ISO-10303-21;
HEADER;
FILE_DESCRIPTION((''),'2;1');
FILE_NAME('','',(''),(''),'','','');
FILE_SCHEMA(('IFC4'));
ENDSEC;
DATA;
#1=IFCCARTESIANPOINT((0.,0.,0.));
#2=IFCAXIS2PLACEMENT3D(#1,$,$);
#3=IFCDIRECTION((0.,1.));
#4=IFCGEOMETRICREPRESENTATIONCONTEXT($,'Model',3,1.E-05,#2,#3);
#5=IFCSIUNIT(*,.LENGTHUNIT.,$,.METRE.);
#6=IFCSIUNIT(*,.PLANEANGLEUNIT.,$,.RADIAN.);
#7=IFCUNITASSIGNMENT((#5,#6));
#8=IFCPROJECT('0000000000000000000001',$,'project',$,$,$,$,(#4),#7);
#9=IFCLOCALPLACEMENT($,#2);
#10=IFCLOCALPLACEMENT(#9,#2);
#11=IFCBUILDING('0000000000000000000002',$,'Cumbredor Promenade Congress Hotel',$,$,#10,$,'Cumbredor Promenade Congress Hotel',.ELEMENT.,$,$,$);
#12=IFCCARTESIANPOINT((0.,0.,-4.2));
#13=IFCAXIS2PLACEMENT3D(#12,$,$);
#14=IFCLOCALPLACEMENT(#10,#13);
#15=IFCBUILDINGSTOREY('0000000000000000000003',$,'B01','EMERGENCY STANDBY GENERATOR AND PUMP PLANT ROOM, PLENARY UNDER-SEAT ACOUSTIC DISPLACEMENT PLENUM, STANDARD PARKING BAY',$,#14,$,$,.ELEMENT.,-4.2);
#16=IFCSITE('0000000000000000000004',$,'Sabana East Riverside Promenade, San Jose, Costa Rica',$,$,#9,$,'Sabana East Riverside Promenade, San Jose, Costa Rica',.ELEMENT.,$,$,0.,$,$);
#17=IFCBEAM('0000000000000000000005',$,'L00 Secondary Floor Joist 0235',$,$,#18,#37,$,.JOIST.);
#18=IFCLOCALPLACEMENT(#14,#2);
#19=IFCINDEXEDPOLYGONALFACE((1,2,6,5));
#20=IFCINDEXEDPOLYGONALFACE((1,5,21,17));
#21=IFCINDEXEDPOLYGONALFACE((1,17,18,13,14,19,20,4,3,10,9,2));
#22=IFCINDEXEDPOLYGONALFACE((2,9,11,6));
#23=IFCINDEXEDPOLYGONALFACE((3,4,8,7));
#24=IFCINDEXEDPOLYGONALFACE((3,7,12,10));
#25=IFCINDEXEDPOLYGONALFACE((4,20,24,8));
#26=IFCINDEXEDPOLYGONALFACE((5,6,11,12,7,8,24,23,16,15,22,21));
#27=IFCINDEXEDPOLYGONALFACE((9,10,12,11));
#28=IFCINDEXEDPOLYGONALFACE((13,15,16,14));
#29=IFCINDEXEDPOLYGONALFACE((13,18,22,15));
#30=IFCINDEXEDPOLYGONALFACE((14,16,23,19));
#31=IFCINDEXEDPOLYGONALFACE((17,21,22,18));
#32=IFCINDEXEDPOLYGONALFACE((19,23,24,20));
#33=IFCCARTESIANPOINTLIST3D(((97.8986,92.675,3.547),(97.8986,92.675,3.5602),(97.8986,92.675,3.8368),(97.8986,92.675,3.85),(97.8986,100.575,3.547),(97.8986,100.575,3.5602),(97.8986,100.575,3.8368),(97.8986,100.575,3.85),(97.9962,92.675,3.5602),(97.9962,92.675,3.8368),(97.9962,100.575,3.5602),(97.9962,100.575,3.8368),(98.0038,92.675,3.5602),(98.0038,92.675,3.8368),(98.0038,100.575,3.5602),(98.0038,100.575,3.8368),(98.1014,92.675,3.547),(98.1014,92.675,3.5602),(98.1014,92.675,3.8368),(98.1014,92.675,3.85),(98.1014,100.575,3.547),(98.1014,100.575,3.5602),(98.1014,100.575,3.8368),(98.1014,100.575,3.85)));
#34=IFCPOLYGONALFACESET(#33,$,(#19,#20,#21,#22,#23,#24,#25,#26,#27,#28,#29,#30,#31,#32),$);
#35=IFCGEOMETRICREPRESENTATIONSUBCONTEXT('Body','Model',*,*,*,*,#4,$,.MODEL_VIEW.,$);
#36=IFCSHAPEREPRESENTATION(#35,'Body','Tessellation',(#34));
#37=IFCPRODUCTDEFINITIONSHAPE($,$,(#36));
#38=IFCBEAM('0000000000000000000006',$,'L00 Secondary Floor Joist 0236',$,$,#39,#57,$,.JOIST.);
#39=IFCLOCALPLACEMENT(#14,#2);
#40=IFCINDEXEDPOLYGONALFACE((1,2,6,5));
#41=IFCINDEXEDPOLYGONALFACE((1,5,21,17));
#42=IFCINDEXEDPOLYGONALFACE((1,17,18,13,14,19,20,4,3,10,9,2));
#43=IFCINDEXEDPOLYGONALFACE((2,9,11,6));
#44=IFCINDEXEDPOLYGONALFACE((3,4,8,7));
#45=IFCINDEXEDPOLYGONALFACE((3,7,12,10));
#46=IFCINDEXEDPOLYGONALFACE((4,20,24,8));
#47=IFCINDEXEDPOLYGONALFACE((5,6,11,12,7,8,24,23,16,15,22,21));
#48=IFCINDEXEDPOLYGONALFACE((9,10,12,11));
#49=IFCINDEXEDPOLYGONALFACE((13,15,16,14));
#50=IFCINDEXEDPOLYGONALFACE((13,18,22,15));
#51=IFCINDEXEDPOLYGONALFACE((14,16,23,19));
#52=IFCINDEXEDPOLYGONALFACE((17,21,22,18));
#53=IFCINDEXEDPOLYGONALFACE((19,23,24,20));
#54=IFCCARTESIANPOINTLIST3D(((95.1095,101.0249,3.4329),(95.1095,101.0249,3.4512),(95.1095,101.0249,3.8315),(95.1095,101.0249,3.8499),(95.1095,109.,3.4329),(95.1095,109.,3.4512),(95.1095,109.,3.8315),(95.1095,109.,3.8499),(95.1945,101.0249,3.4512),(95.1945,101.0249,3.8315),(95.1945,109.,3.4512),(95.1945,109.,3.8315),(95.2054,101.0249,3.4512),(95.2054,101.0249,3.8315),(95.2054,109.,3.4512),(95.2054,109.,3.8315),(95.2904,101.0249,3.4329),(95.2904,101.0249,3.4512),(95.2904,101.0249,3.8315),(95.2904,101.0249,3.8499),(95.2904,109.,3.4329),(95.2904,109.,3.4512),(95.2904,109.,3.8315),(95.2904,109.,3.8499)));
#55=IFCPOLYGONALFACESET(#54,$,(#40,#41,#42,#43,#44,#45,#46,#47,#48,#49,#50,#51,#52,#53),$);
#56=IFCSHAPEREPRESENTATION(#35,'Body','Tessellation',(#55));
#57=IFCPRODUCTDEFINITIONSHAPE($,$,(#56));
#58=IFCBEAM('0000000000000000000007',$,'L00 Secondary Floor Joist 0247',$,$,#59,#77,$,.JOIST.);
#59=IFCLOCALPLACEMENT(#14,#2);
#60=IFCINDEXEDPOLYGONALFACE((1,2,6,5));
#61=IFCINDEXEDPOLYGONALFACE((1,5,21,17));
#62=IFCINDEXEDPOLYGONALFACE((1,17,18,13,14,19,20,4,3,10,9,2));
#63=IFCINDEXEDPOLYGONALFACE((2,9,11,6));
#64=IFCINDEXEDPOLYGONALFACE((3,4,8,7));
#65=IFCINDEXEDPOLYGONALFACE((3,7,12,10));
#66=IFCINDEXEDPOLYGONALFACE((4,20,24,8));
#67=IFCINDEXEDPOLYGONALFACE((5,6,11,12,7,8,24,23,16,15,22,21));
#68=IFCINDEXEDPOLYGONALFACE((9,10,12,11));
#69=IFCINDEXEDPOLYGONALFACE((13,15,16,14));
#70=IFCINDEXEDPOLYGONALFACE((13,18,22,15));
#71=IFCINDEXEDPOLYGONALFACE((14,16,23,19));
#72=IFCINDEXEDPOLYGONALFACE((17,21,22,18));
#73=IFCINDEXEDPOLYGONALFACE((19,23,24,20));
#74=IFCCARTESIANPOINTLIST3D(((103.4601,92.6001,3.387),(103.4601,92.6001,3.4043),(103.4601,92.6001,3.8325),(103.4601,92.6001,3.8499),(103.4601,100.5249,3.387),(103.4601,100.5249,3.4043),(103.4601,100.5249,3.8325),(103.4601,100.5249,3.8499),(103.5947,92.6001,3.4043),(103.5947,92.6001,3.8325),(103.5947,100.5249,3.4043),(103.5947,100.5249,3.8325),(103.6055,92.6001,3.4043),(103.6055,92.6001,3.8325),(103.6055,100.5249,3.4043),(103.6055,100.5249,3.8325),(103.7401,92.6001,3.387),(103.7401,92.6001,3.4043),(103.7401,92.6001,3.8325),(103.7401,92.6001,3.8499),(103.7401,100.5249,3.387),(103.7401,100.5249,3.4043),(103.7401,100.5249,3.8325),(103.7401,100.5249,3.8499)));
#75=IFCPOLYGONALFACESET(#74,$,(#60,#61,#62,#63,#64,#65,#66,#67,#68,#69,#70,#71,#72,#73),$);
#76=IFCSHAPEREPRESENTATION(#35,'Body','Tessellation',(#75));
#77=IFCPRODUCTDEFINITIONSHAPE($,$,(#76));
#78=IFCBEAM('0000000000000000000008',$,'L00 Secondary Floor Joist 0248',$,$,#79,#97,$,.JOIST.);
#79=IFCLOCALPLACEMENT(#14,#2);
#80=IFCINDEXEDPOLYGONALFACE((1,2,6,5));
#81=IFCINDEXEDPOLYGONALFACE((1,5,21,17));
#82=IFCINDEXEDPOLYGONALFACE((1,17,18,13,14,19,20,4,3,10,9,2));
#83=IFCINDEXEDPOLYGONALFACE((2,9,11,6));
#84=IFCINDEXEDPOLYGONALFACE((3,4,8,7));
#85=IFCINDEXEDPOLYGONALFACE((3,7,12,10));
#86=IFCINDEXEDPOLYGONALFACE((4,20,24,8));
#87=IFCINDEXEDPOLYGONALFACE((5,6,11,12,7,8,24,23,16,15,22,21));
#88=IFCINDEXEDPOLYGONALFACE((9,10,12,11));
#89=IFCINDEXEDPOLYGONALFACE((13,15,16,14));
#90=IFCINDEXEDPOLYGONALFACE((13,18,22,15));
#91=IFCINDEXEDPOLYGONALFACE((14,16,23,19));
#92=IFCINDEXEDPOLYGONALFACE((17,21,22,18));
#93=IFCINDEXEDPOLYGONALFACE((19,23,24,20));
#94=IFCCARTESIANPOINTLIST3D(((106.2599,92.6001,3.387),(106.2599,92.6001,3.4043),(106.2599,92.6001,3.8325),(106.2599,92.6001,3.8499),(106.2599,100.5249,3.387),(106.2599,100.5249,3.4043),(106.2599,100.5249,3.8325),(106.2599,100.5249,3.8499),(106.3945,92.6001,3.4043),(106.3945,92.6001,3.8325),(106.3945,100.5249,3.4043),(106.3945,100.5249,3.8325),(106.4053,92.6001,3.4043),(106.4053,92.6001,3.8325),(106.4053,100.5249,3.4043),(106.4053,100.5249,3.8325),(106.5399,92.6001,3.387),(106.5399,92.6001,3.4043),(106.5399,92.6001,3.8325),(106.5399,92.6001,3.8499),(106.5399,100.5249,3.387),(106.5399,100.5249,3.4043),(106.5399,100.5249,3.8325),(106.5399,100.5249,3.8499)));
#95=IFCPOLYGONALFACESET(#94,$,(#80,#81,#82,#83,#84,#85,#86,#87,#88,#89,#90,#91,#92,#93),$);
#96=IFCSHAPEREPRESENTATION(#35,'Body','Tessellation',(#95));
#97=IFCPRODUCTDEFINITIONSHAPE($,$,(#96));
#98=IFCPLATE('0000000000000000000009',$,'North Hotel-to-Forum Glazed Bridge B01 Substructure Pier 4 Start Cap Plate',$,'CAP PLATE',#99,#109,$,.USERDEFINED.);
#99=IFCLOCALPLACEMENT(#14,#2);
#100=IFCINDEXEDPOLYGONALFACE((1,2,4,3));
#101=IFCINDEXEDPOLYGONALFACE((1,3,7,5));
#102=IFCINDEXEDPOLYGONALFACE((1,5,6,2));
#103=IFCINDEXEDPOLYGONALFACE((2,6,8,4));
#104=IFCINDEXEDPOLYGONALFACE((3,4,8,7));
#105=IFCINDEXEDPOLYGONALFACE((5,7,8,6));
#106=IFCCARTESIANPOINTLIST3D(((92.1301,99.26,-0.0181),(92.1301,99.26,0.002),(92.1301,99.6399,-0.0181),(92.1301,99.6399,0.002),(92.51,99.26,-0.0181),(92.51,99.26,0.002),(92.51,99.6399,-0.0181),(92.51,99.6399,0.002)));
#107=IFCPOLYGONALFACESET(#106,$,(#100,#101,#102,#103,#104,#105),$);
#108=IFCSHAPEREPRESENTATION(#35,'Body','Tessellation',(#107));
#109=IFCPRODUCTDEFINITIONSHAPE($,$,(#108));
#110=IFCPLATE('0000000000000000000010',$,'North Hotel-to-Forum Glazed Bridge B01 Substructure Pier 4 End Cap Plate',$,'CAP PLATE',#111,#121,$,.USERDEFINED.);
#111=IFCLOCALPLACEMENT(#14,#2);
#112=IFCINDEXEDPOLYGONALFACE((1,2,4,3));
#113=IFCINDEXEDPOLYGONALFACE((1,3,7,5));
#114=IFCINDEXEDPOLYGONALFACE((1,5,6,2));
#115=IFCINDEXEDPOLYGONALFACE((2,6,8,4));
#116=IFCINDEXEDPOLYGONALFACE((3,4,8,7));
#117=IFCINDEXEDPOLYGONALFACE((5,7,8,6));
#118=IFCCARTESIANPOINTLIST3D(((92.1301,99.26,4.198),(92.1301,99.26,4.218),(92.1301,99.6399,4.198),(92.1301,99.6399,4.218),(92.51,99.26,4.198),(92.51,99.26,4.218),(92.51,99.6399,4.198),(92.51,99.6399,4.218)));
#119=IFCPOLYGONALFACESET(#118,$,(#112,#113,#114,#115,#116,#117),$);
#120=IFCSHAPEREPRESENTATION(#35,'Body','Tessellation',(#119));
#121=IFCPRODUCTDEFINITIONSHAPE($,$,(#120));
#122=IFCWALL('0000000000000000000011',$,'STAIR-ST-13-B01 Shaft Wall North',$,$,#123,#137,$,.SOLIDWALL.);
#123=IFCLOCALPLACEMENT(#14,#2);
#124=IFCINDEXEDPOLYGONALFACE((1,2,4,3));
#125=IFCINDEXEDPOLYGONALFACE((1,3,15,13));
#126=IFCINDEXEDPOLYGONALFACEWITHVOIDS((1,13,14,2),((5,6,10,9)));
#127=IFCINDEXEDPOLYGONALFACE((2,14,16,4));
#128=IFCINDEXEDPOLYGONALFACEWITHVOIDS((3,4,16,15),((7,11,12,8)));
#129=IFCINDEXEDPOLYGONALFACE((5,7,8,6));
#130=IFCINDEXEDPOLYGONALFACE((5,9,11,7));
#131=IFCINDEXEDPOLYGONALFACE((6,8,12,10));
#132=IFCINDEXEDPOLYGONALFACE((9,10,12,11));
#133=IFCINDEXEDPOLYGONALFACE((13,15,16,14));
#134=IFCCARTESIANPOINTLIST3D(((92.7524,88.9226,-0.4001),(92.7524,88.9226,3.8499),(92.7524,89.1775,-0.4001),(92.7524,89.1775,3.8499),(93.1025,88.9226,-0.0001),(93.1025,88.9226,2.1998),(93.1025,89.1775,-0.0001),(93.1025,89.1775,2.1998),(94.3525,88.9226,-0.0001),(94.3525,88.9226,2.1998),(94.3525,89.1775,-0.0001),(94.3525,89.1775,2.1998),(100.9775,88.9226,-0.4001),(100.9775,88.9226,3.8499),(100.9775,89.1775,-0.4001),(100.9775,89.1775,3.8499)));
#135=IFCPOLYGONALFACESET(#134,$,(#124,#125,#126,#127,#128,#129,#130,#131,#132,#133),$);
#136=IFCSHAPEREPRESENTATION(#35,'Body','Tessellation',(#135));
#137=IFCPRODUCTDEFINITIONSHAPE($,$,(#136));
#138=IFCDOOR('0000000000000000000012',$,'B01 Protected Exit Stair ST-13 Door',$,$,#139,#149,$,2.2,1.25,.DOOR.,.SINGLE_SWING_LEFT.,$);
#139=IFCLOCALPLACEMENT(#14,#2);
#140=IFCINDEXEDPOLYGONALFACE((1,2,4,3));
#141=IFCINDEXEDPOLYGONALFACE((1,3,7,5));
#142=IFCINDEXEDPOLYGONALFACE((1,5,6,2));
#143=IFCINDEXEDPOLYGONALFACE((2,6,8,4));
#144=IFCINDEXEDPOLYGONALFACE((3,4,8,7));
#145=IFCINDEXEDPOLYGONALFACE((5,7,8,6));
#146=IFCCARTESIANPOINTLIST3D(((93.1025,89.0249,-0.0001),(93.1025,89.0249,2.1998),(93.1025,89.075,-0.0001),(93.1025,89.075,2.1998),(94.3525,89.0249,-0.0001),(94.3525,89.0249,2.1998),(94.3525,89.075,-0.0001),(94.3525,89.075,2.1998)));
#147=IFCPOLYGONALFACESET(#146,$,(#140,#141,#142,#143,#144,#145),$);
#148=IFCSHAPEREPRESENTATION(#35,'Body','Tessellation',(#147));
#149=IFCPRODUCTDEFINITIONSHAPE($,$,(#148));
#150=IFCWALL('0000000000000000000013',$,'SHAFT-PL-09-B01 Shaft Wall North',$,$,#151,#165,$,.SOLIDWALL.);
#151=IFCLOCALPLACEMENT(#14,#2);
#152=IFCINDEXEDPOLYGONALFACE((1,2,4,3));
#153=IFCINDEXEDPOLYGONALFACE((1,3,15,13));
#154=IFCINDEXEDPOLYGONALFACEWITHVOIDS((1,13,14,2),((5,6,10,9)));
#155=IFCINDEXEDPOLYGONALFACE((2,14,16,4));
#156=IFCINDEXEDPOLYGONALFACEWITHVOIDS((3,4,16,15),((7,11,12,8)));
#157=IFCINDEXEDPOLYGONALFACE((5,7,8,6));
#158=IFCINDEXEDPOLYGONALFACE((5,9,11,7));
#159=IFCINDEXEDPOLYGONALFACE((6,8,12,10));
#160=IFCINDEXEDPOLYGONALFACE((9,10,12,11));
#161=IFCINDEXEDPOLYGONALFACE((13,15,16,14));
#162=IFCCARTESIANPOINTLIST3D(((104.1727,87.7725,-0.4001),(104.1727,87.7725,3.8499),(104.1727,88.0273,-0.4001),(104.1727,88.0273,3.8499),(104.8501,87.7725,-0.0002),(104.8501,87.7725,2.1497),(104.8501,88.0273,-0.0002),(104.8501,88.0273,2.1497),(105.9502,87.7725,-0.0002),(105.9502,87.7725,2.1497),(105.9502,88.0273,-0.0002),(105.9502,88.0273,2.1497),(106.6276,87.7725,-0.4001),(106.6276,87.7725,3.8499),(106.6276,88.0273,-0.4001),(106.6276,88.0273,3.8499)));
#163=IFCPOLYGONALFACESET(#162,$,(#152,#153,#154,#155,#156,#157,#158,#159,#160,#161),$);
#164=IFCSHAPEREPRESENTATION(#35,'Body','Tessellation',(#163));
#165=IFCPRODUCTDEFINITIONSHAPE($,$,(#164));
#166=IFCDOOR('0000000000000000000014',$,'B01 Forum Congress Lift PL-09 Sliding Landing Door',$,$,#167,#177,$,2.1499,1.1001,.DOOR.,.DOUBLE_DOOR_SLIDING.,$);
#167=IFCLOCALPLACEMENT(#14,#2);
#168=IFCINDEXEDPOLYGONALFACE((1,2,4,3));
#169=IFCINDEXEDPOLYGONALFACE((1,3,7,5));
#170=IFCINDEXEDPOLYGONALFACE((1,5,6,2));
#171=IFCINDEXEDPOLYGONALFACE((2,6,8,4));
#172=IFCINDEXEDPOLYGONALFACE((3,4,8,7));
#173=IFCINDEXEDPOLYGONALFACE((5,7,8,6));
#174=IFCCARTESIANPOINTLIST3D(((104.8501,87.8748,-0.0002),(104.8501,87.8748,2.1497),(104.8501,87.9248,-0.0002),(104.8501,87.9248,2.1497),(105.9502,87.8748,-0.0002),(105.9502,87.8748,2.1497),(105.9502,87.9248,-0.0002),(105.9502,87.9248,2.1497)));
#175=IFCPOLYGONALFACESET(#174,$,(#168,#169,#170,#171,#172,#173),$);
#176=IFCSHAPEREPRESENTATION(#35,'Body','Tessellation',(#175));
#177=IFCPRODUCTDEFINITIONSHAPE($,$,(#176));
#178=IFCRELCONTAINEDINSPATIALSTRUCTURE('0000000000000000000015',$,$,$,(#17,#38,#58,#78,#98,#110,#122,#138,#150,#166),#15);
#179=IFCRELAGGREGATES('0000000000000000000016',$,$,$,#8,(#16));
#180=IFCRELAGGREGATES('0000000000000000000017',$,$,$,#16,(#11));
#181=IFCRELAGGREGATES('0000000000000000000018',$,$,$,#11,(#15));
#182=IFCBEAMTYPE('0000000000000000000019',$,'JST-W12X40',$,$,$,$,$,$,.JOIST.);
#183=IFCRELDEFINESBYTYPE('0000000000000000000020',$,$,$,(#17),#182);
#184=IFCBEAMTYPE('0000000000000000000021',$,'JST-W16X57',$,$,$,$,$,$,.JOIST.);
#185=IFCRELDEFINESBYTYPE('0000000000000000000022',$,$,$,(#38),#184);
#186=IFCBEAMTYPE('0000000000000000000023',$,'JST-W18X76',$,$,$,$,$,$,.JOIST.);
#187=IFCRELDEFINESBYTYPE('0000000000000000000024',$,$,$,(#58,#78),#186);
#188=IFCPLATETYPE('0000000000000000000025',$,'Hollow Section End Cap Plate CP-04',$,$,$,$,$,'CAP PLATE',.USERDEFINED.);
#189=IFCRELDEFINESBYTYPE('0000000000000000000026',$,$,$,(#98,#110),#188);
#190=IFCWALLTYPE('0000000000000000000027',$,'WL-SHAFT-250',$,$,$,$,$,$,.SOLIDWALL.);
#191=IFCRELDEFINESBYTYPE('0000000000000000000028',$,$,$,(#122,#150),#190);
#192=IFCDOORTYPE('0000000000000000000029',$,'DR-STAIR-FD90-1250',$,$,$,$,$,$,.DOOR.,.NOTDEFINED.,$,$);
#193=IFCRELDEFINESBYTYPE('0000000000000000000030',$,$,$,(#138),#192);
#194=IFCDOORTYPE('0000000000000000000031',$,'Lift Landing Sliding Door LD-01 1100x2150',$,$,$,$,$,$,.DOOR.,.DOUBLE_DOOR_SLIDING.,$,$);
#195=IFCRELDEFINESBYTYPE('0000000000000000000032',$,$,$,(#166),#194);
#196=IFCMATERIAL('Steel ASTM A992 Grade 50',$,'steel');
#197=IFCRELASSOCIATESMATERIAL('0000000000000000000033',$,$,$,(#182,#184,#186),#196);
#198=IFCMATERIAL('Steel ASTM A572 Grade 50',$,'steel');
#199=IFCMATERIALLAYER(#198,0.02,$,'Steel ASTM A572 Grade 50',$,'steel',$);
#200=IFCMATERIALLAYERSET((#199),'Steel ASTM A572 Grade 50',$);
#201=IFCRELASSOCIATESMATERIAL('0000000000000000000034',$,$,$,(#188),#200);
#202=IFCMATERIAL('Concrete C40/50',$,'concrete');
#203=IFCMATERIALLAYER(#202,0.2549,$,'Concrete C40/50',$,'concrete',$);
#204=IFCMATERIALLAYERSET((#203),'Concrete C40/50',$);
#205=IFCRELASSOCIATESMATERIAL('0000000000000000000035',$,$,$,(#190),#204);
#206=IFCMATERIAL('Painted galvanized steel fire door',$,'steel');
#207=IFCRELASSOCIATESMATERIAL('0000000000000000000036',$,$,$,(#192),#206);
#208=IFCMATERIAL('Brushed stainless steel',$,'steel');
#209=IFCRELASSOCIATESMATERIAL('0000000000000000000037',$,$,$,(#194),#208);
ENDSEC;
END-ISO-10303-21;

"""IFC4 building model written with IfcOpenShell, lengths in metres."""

from ifc_helpers import new_model, si_unit, direction, frame, frame_2d, origin, origin_2d, place, context, subcontext, project, spatial, rectangle, i_section, extrude, material, layer, layer_set, material_profile, profile_set, type_object, element, fill, save


model = new_model("IFC4")

# Units and contexts
model_context = context("Model", 3, precision=1e-05, world=origin(), true_north=direction((0.0, 1.0)))
body_context = subcontext(model_context, "Body", "Model", "MODEL_VIEW")
ifc_project = project(units=[si_unit("LENGTHUNIT", "METRE"), si_unit("PLANEANGLEUNIT", "RADIAN")], contexts=[model_context])

# Site, building, storey
site_placement = place(None, origin())
site = spatial("IfcSite", under=ifc_project, at=site_placement, Name="Sabana East Riverside Promenade, San Jose, Costa Rica", LongName="Sabana East Riverside Promenade, San Jose, Costa Rica", CompositionType="ELEMENT", RefElevation=0.0)
building_placement = place(site_placement, origin())
building = spatial("IfcBuilding", under=site, at=building_placement, Name="Cumbredor Promenade Congress Hotel", LongName="Cumbredor Promenade Congress Hotel", CompositionType="ELEMENT")
storey_placement = place(building_placement, frame((0.0, 0.0, -4.2)))
storey = spatial("IfcBuildingStorey", under=building, at=storey_placement, Name="B01", Description="EMERGENCY STANDBY GENERATOR AND PUMP PLANT ROOM, PLENARY UNDER-SEAT ACOUSTIC DISPLACEMENT PLENUM, STANDARD PARKING BAY", CompositionType="ELEMENT", Elevation=-4.2)

# Beams
ifc_material_1 = material(Name="Concrete C40/50", Category="concrete")
ifc_material_2 = material(Name="Steel ASTM A992 Grade 50", Category="steel")
ifc_material_profile_1 = material_profile(ifc_material_2, i_section(OverallWidth=0.2029, OverallDepth=0.303, WebThickness=0.0076, FlangeThickness=0.0132, at=origin_2d()), Name="W12X40")
ifc_profile_set_1 = profile_set([ifc_material_profile_1], Name="Steel ASTM A992 Grade 50")
beam_type_1 = type_object("IfcBeamType", Name="JST-W12X40", PredefinedType="JOIST", material=ifc_profile_set_1)
for number, where, z_axis, x_axis, name in (
    (1, (98.0, 92.675, 3.6985), (0.0, 1.0, 0.0), (-1.0, 0.0, 0.0), "L00 Secondary Floor Joist 0235"),
):
    element("IfcBeam", number, at=place(storey_placement, frame(where, z_axis=z_axis, x_axis=x_axis)), inside=storey, type_object=beam_type_1, Name=name, PredefinedType="JOIST", context=body_context, shape_type="SweptSolid", body=[
        extrude(i_section(OverallWidth=0.2029, OverallDepth=0.303, WebThickness=0.0076, FlangeThickness=0.0132, at=origin_2d()), origin(), (0.0, 0.0, 1.0), 7.8999),
    ])
ifc_material_profile_2 = material_profile(ifc_material_2, i_section(OverallWidth=0.1809, OverallDepth=0.417, WebThickness=0.011, FlangeThickness=0.0183, at=origin_2d()), Name="W16X57")
ifc_profile_set_2 = profile_set([ifc_material_profile_2], Name="Steel ASTM A992 Grade 50")
beam_type_2 = type_object("IfcBeamType", Name="JST-W16X57", PredefinedType="JOIST", material=ifc_profile_set_2)
beam_1_placement = place(storey_placement, frame((95.2, 101.0249, 3.6414), z_axis=(0.0, 1.0, 0.0), x_axis=(-1.0, 0.0, 0.0)))
element("IfcBeam", 2, at=beam_1_placement, inside=storey, type_object=beam_type_2, Name="L00 Secondary Floor Joist 0236", PredefinedType="JOIST", context=body_context, shape_type="SweptSolid", body=[
    extrude(i_section(OverallWidth=0.1809, OverallDepth=0.417, WebThickness=0.011, FlangeThickness=0.0183, at=origin_2d()), origin(), (0.0, 0.0, 1.0), 7.9751),
])
ifc_material_profile_3 = material_profile(ifc_material_2, i_section(OverallWidth=0.28, OverallDepth=0.4629, WebThickness=0.0107, FlangeThickness=0.0173, at=origin_2d()), Name="W18X76")
ifc_profile_set_3 = profile_set([ifc_material_profile_3], Name="Steel ASTM A992 Grade 50")
beam_type_3 = type_object("IfcBeamType", Name="JST-W18X76", PredefinedType="JOIST", material=ifc_profile_set_3)
for number, where, z_axis, x_axis, name in (
    (3, (103.6001, 92.6001, 3.6184), (0.0, 1.0, 0.0), (-1.0, 0.0, 0.0), "L00 Secondary Floor Joist 0247"),
    (4, (106.3999, 92.6001, 3.6184), (0.0, 1.0, 0.0), (-1.0, 0.0, 0.0), "L00 Secondary Floor Joist 0248"),
):
    element("IfcBeam", number, at=place(storey_placement, frame(where, z_axis=z_axis, x_axis=x_axis)), inside=storey, type_object=beam_type_3, Name=name, PredefinedType="JOIST", context=body_context, shape_type="SweptSolid", body=[
        extrude(i_section(OverallWidth=0.28, OverallDepth=0.4629, WebThickness=0.0107, FlangeThickness=0.0173, at=origin_2d()), origin(), (0.0, 0.0, 1.0), 7.9248),
    ])

# Plates
ifc_material_3 = material(Name="Steel ASTM A572 Grade 50", Category="steel")
ifc_layer_1 = layer(ifc_material_3, 0.02, Name="Steel ASTM A572 Grade 50", Category="steel")
ifc_layer_set_1 = layer_set([ifc_layer_1], Name="Steel ASTM A572 Grade 50")
plate_type = type_object("IfcPlateType", Name="Hollow Section End Cap Plate CP-04", ElementType="CAP PLATE", PredefinedType="USERDEFINED", material=ifc_layer_set_1)
for number, where, z_axis, x_axis, name in (
    (5, (92.3201, 99.45, -0.0181), (0.0, 0.0, 1.0), (1.0, 0.0, 0.0), "North Hotel-to-Forum Glazed Bridge B01 Substructure Pier 4 Start Cap Plate"),
    (6, (92.3201, 99.45, 4.198), (0.0, 0.0, 1.0), (1.0, 0.0, 0.0), "North Hotel-to-Forum Glazed Bridge B01 Substructure Pier 4 End Cap Plate"),
):
    element("IfcPlate", number, at=place(storey_placement, frame(where, z_axis=z_axis, x_axis=x_axis)), inside=storey, type_object=plate_type, Name=name, ObjectType="CAP PLATE", PredefinedType="USERDEFINED", context=body_context, shape_type="SweptSolid", body=[
        extrude(rectangle(XDim=0.3799, YDim=0.3799, at=origin_2d()), origin(), (0.0, 0.0, 1.0), 0.02),
    ])

# Walls, openings, doors
ifc_layer_2 = layer(ifc_material_1, 0.2549, Name="Concrete C40/50", Category="concrete")
ifc_layer_set_2 = layer_set([ifc_layer_2], Name="Concrete C40/50")
wall_type = type_object("IfcWallType", Name="WL-SHAFT-250", PredefinedType="SOLIDWALL", material=ifc_layer_set_2)
wall_1_placement = place(storey_placement, frame((92.7524, 89.05, -0.4001), z_axis=(0.0, 0.0, 1.0), x_axis=(1.0, 0.0, 0.0)))
wall_1 = element("IfcWall", 7, at=wall_1_placement, inside=storey, type_object=wall_type, Name="STAIR-ST-13-B01 Shaft Wall North", PredefinedType="SOLIDWALL", context=body_context, shape_type="SweptSolid", body=[
    extrude(rectangle(XDim=8.2251, YDim=0.2549, at=frame_2d((4.1125, 0.0))), origin(), (0.0, 0.0, 1.0), 4.25),
])
opening_1_placement = place(wall_1_placement, frame((0.3501, 0.0, 0.3999)))
opening_1 = element("IfcOpeningElement", 8, at=opening_1_placement, cuts=wall_1, PredefinedType="OPENING", context=body_context, shape_type="SweptSolid", body=[
    extrude(rectangle(XDim=1.25, YDim=2.2, at=frame_2d((0.625, 1.1001))), frame((0.0, 0.1375, 0.0), z_axis=(0.0, -1.0, 0.0), x_axis=(1.0, 0.0, 0.0)), (0.0, 0.0, 1.0), 0.2749),
])
ifc_material_4 = material(Name="Painted galvanized steel fire door", Category="steel")
door_type_1 = type_object("IfcDoorType", Name="DR-STAIR-FD90-1250", OperationType="NOTDEFINED", PredefinedType="DOOR", material=ifc_material_4)
door_1_placement = place(opening_1_placement, origin())
door_1 = element("IfcDoor", 9, at=door_1_placement, inside=storey, type_object=door_type_1, Name="B01 Protected Exit Stair ST-13 Door", OperationType="SINGLE_SWING_LEFT", OverallHeight=2.2, OverallWidth=1.25, PredefinedType="DOOR", context=body_context, shape_type="SweptSolid", body=[
    extrude(rectangle(XDim=1.25, YDim=2.2, at=frame_2d((0.625, 1.1001))), frame((0.0, 0.0249, 0.0), z_axis=(0.0, -1.0, 0.0), x_axis=(1.0, 0.0, 0.0)), (0.0, 0.0, 1.0), 0.05),
])
fill(opening_1, door_1)
wall_2_placement = place(storey_placement, frame((104.1726, 87.8999, -0.4001), z_axis=(0.0, 0.0, 1.0), x_axis=(1.0, 0.0, 0.0)))
wall_2 = element("IfcWall", 10, at=wall_2_placement, inside=storey, type_object=wall_type, Name="SHAFT-PL-09-B01 Shaft Wall North", PredefinedType="SOLIDWALL", context=body_context, shape_type="SweptSolid", body=[
    extrude(rectangle(XDim=2.4548, YDim=0.2549, at=frame_2d((1.2275, 0.0))), origin(), (0.0, 0.0, 1.0), 4.25),
])
opening_2_placement = place(wall_2_placement, frame((0.6775, 0.0, 0.3999)))
opening_2 = element("IfcOpeningElement", 11, at=opening_2_placement, cuts=wall_2, PredefinedType="OPENING", context=body_context, shape_type="SweptSolid", body=[
    extrude(rectangle(XDim=1.1001, YDim=2.1499, at=frame_2d((0.55, 1.075))), frame((0.0, 0.1375, 0.0), z_axis=(0.0, -1.0, 0.0), x_axis=(1.0, 0.0, 0.0)), (0.0, 0.0, 1.0), 0.2749),
])
ifc_material_5 = material(Name="Brushed stainless steel", Category="steel")
door_type_2 = type_object("IfcDoorType", Name="Lift Landing Sliding Door LD-01 1100x2150", OperationType="DOUBLE_DOOR_SLIDING", PredefinedType="DOOR", material=ifc_material_5)
door_2_placement = place(opening_2_placement, origin())
door_2 = element("IfcDoor", 12, at=door_2_placement, inside=storey, type_object=door_type_2, Name="B01 Forum Congress Lift PL-09 Sliding Landing Door", OperationType="DOUBLE_DOOR_SLIDING", OverallHeight=2.1499, OverallWidth=1.1001, PredefinedType="DOOR", context=body_context, shape_type="SweptSolid", body=[
    extrude(rectangle(XDim=1.1001, YDim=2.1499, at=frame_2d((0.55, 1.075))), frame((0.0, 0.0249, 0.0), z_axis=(0.0, -1.0, 0.0), x_axis=(1.0, 0.0, 0.0)), (0.0, 0.0, 1.0), 0.05),
])
fill(opening_2, door_2)

save(model, "model.ifc")
